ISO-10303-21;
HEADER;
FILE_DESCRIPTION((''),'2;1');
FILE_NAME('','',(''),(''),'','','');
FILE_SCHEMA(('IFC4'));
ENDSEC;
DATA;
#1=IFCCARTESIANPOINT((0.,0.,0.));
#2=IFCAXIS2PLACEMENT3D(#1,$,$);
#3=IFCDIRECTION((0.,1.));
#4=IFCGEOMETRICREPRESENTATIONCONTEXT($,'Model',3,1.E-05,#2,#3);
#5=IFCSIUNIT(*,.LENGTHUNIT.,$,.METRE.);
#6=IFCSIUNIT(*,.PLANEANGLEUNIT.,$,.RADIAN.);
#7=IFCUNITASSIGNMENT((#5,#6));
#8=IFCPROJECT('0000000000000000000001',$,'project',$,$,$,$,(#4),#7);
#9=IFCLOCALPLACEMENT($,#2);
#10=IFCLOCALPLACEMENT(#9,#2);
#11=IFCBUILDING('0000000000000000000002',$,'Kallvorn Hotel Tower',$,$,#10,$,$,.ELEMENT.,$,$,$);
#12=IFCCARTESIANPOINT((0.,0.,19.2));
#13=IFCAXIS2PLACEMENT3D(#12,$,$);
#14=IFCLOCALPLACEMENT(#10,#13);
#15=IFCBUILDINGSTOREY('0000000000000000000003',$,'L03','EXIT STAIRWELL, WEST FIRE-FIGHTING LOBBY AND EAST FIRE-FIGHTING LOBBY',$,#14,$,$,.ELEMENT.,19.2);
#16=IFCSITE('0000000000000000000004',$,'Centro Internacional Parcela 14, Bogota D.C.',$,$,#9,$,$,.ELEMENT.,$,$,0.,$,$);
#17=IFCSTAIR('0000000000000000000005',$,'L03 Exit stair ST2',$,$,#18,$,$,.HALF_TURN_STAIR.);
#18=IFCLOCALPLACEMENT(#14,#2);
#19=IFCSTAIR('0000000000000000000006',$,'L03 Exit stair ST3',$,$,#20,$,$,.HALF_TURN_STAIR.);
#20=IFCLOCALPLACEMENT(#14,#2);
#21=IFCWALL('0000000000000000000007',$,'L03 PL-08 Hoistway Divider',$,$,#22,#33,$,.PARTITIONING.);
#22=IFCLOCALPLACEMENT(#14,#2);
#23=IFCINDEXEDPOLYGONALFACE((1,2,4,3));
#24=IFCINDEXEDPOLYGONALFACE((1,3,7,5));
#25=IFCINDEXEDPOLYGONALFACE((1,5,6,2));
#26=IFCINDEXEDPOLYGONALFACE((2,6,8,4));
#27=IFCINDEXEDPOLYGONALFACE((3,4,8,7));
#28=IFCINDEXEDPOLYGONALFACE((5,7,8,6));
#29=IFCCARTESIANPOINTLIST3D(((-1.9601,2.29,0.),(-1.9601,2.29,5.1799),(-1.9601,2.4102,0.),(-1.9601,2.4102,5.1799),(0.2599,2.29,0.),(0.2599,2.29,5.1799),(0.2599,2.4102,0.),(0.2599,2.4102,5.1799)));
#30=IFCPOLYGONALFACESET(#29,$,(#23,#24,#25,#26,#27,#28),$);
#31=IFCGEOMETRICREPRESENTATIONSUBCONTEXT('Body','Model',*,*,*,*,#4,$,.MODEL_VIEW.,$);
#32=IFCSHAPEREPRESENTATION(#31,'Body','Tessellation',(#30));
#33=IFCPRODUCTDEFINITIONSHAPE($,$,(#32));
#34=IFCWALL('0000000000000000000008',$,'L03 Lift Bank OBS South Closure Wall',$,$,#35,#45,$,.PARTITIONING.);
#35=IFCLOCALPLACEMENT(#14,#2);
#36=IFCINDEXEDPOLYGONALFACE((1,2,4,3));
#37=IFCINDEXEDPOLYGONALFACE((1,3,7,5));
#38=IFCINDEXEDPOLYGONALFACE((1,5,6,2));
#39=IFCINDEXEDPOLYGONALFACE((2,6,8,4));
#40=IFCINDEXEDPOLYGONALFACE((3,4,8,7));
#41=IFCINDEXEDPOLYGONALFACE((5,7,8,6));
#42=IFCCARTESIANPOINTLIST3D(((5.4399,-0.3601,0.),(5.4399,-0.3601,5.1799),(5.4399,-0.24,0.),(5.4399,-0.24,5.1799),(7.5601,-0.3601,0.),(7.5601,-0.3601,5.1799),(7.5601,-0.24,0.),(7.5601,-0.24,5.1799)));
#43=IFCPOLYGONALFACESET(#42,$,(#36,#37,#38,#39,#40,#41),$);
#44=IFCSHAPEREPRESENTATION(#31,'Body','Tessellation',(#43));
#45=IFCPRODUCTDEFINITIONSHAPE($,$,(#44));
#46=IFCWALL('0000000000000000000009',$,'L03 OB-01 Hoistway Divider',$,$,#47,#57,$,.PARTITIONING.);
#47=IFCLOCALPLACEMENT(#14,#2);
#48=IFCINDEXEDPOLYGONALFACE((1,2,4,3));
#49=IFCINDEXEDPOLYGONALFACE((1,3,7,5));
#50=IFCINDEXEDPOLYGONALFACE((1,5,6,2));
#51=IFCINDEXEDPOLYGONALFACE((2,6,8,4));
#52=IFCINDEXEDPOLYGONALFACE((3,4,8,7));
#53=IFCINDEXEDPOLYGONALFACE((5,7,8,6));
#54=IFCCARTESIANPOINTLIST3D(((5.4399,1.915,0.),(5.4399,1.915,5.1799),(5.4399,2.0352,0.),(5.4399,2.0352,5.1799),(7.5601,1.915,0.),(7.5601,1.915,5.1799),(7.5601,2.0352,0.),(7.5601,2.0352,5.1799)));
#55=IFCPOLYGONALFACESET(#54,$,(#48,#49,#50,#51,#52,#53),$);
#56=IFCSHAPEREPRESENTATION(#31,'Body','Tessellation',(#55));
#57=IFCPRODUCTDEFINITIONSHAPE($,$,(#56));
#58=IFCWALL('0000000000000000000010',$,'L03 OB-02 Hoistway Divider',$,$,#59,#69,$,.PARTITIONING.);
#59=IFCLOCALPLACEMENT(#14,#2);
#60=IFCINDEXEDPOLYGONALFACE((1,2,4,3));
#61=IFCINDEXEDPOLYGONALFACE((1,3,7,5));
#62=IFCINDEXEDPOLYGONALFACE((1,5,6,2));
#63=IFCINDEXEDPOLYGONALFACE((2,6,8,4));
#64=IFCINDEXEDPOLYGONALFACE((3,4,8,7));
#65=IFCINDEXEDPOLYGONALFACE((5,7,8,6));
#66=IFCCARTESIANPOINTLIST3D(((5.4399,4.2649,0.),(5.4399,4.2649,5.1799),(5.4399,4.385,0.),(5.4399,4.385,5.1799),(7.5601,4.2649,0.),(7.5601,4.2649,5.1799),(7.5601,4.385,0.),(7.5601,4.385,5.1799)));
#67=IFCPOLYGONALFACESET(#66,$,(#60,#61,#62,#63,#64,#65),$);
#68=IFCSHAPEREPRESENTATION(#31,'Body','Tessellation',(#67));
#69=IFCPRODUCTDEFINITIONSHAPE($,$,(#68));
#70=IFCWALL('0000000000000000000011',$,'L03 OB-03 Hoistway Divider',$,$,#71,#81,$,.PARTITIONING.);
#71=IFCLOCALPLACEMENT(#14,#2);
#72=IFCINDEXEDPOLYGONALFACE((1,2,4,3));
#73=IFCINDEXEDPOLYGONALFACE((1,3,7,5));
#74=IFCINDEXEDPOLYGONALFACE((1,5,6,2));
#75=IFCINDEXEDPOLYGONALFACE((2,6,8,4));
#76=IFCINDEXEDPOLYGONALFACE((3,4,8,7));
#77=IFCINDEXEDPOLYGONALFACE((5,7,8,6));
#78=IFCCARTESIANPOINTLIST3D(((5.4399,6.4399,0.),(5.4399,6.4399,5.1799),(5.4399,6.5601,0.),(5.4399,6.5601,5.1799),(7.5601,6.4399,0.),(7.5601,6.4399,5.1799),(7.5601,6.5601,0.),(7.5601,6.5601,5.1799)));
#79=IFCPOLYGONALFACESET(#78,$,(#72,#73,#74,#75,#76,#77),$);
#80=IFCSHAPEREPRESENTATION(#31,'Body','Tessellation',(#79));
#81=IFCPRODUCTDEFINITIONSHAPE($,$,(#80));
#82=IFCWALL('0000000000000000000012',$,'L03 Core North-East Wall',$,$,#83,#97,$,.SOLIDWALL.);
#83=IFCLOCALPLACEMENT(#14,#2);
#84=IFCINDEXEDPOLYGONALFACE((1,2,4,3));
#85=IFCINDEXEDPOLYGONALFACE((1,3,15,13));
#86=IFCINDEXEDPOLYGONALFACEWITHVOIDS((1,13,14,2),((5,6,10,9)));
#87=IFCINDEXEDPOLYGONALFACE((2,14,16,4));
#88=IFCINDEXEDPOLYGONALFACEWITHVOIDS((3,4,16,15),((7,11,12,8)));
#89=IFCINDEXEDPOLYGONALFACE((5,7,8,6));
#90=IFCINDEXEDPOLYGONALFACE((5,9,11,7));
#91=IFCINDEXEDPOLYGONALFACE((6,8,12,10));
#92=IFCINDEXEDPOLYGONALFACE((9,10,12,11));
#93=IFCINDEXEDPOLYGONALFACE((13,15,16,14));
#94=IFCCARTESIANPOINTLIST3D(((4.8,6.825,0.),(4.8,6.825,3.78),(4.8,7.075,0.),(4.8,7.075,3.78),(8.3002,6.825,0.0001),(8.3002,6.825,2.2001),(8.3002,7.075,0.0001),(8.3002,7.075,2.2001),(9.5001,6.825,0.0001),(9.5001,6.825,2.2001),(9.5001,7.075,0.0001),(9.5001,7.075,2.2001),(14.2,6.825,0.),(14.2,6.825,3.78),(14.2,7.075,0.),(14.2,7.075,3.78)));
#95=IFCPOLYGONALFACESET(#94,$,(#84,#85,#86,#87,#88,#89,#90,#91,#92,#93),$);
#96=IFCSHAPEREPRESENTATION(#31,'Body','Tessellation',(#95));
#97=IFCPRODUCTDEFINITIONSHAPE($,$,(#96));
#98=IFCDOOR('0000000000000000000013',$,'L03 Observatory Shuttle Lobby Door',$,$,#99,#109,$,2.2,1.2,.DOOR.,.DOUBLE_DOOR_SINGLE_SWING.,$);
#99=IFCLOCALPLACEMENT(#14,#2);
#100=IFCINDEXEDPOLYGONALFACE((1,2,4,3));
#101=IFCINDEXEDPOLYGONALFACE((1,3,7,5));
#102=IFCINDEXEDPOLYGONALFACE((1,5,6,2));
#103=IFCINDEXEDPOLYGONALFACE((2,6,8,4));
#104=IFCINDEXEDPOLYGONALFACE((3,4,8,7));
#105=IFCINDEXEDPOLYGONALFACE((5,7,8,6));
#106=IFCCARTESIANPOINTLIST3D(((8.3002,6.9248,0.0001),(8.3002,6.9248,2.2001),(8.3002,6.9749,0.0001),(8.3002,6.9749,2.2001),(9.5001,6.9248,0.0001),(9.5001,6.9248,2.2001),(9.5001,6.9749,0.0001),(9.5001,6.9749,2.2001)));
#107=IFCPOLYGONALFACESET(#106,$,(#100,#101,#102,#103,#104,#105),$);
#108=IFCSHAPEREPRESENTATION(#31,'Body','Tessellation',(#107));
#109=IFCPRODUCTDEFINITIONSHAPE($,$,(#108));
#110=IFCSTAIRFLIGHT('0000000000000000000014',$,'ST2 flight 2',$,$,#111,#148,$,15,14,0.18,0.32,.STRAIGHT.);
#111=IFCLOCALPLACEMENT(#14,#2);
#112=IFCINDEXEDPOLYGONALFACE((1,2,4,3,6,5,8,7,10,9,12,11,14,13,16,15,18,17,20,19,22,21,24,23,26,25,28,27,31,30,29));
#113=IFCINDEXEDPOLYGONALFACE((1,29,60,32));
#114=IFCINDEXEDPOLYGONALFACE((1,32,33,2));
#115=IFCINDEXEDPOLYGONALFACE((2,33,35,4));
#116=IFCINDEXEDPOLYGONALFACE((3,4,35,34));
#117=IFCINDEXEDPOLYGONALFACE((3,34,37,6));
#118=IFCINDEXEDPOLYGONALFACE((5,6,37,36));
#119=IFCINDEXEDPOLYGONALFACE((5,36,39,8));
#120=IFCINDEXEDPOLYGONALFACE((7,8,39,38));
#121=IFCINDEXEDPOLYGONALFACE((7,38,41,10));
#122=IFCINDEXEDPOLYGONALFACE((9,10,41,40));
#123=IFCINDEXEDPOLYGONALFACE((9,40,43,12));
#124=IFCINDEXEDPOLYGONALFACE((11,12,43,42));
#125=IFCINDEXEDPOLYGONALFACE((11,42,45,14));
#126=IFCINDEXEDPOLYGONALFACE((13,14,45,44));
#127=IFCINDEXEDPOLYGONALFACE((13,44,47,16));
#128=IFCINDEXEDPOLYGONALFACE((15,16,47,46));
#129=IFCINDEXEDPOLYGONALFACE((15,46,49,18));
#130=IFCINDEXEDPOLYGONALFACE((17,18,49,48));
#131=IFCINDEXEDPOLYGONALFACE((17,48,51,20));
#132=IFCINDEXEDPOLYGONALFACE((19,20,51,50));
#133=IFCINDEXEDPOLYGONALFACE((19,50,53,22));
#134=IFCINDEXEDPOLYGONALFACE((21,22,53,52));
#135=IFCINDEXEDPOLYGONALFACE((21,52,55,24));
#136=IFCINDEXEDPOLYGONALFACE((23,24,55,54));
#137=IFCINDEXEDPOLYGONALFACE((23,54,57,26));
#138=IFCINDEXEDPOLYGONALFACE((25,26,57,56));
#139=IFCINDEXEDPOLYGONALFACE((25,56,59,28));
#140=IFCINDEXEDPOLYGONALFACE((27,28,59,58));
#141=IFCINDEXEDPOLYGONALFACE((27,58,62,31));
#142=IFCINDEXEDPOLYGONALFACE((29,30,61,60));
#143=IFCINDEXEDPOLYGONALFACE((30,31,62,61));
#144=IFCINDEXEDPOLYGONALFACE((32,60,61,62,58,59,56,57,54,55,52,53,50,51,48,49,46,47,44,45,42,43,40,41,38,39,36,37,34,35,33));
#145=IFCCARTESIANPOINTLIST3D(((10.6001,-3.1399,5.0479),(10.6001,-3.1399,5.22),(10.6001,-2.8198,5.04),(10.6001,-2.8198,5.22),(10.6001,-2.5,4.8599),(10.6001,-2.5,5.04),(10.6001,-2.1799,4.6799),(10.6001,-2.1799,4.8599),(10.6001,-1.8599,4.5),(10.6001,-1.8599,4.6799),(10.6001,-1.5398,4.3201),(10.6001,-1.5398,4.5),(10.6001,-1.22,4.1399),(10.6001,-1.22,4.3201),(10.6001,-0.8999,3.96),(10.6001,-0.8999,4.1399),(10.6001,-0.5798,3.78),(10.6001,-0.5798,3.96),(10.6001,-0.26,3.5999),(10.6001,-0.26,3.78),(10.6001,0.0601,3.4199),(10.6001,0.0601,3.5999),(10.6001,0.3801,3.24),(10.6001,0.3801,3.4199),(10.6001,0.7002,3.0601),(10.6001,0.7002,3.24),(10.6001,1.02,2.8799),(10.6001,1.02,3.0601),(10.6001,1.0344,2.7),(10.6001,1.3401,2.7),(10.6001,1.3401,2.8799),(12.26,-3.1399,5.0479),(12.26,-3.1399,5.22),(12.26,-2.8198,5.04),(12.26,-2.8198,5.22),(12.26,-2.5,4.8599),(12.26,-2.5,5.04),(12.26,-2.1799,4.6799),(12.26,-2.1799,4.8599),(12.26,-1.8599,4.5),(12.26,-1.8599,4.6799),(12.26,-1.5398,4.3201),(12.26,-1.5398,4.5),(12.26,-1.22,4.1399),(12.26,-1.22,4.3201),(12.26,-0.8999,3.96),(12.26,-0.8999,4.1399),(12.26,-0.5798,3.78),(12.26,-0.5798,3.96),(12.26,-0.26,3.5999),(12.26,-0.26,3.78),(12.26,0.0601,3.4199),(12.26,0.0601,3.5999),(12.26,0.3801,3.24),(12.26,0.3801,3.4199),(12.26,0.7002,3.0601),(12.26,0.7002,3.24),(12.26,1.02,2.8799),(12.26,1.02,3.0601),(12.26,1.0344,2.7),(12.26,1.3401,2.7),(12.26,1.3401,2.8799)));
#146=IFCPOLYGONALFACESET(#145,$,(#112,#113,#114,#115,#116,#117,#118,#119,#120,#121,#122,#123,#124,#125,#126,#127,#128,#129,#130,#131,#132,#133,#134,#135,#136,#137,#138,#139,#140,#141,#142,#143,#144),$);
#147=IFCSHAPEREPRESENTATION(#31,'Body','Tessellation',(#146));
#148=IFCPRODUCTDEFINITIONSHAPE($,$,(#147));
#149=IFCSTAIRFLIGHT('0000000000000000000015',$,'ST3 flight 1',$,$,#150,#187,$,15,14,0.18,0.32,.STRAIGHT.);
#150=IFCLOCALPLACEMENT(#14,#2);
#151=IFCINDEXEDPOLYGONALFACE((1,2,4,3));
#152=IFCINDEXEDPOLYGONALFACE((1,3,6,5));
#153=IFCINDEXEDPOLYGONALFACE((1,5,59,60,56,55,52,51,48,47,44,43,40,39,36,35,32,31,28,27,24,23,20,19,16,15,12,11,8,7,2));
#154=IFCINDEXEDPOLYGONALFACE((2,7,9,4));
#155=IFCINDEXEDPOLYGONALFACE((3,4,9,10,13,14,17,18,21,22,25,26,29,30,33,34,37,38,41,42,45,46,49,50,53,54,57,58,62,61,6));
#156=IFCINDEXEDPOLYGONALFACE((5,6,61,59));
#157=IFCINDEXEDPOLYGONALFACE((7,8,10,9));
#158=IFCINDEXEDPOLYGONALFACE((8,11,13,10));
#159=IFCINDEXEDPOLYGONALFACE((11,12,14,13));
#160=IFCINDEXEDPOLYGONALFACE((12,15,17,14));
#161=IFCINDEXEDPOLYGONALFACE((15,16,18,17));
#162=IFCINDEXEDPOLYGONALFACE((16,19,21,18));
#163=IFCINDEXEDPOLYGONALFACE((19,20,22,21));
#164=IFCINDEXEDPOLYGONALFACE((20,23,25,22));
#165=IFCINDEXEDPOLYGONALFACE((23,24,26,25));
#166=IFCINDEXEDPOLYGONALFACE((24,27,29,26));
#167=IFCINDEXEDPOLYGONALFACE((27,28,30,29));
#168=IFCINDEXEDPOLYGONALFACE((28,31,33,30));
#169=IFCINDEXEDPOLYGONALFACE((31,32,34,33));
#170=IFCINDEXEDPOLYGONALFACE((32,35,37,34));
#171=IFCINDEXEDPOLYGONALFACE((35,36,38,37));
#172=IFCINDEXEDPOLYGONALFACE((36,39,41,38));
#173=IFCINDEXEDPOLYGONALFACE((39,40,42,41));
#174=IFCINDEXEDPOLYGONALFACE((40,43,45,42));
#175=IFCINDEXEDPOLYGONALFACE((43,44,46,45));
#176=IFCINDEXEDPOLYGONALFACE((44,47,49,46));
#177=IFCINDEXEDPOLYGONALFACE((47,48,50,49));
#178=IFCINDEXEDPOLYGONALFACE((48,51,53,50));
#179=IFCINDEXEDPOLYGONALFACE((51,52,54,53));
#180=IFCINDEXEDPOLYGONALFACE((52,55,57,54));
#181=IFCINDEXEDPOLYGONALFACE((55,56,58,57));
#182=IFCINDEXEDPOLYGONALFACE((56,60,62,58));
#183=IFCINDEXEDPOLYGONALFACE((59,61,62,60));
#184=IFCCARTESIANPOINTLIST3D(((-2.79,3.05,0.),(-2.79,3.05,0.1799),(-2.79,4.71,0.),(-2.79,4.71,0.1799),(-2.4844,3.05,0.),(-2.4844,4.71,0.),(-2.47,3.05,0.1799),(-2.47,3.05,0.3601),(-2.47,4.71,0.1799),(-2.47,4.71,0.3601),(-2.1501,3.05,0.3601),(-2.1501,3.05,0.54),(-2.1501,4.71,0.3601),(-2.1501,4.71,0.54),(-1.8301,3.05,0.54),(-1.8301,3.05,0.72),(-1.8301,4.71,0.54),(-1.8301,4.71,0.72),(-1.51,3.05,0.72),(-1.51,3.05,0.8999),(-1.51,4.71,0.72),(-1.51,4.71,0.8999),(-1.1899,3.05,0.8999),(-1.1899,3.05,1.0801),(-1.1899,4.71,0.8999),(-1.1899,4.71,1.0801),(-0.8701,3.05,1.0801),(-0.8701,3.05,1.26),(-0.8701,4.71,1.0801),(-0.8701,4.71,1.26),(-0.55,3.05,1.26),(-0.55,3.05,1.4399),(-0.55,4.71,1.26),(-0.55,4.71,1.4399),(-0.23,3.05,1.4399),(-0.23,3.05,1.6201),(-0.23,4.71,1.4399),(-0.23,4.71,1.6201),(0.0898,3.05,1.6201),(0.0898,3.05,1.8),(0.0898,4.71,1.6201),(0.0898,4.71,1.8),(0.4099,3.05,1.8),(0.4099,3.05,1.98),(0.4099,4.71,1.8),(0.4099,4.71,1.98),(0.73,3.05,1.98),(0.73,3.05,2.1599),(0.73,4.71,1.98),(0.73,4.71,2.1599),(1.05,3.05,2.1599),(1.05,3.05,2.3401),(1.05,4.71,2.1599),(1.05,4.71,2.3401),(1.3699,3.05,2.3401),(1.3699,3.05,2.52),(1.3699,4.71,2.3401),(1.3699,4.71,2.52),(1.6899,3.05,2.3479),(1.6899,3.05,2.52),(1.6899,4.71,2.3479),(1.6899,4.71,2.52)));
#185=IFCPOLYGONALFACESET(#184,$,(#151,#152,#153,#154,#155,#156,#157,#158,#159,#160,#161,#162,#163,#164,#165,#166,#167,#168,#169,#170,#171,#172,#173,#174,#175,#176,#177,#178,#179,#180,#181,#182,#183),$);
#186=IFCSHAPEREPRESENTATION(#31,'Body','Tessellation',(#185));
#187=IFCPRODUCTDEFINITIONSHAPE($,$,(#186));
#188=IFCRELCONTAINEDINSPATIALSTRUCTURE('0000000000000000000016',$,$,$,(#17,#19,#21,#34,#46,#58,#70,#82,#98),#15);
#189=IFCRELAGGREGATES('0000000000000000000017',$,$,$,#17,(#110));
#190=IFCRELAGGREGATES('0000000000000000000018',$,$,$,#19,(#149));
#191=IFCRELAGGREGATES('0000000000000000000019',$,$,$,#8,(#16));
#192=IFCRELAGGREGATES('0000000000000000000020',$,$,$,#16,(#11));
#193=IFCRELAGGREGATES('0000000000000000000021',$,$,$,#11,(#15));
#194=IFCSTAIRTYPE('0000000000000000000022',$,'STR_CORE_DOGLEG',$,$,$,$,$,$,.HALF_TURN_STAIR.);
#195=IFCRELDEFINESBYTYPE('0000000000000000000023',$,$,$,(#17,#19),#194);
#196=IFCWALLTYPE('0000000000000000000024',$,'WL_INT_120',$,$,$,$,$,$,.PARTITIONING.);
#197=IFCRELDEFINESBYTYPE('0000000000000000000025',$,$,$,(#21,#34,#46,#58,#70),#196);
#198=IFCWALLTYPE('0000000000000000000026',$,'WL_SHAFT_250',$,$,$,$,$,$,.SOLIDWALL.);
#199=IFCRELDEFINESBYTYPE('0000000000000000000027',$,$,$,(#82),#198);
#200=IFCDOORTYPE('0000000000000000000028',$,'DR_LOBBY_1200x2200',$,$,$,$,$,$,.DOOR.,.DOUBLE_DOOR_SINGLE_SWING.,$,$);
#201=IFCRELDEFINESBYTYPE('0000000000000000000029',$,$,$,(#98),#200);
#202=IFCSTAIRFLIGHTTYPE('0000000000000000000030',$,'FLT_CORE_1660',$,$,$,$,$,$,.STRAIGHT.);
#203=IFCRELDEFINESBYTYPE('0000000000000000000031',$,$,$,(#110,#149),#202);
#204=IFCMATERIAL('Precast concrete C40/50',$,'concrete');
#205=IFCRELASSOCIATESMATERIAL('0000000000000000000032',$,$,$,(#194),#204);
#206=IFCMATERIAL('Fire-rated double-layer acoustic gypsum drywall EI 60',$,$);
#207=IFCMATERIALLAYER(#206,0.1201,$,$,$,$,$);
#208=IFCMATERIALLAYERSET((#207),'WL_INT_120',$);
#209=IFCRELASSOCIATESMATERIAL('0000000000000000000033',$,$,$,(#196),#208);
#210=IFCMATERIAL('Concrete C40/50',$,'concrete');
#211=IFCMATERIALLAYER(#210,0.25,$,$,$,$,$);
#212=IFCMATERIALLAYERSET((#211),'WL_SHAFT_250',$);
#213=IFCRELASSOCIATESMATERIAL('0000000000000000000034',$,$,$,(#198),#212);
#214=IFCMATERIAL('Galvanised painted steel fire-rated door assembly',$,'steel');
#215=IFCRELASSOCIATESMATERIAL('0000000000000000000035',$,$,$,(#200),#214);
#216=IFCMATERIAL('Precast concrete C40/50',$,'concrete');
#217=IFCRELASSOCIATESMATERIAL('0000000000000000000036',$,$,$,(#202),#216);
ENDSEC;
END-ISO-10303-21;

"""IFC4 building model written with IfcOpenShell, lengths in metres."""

from ifc_helpers import new_model, si_unit, direction, frame, frame_2d, origin, place, context, subcontext, project, spatial, polyline, rectangle, outline, extrude, material, layer, layer_set, type_object, element, fill, aggregate, save


model = new_model("IFC4")

# Units and contexts
model_context = context("Model", 3, precision=1e-05, world=origin(), true_north=direction((0.0, 1.0)))
body_context = subcontext(model_context, "Body", "Model", "MODEL_VIEW")
ifc_project = project(units=[si_unit("LENGTHUNIT", "METRE"), si_unit("PLANEANGLEUNIT", "RADIAN")], contexts=[model_context])

# Site, building, storey
site_placement = place(None, origin())
site = spatial("IfcSite", under=ifc_project, at=site_placement, Name="Centro Internacional Parcela 14, Bogota D.C.", CompositionType="ELEMENT", RefElevation=0.0)
building_placement = place(site_placement, origin())
building = spatial("IfcBuilding", under=site, at=building_placement, Name="Kallvorn Hotel Tower", CompositionType="ELEMENT")
storey_placement = place(building_placement, frame((0.0, 0.0, 19.2)))
storey = spatial("IfcBuildingStorey", under=building, at=storey_placement, Name="L03", Description="EXIT STAIRWELL, WEST FIRE-FIGHTING LOBBY AND EAST FIRE-FIGHTING LOBBY", CompositionType="ELEMENT", Elevation=19.2)

# Stairs
ifc_material_1 = material(Name="Precast concrete C40/50", Category="concrete")
stair_type_1 = type_object("IfcStairType", Name="STR_CORE_DOGLEG", PredefinedType="HALF_TURN_STAIR", material=ifc_material_1)
stair_1_placement = place(storey_placement, origin())
stair_1 = element("IfcStair", 1, at=stair_1_placement, inside=storey, type_object=stair_type_1, Name="L03 Exit stair ST2", PredefinedType="HALF_TURN_STAIR")
stair_2_placement = place(storey_placement, origin())
stair_2 = element("IfcStair", 2, at=stair_2_placement, inside=storey, type_object=stair_type_1, Name="L03 Exit stair ST3", PredefinedType="HALF_TURN_STAIR")

# Walls
ifc_material_2 = material(Name="Fire-rated double-layer acoustic gypsum drywall EI 60")
ifc_layer_1 = layer(ifc_material_2, 0.1201)
ifc_layer_set_1 = layer_set([ifc_layer_1], Name="WL_INT_120")
wall_type_1 = type_object("IfcWallType", Name="WL_INT_120", PredefinedType="PARTITIONING", material=ifc_layer_set_1)
for number, where, z_axis, x_axis, name in (
    (3, (-1.96, 2.3501, 0.0), (0.0, 0.0, 1.0), (1.0, 0.0, 0.0), "L03 PL-08 Hoistway Divider"),
):
    element("IfcWall", number, at=place(storey_placement, frame(where, z_axis=z_axis, x_axis=x_axis)), inside=storey, type_object=wall_type_1, Name=name, PredefinedType="PARTITIONING", context=body_context, shape_type="SweptSolid", body=[
        extrude(rectangle(XDim=2.22, YDim=0.1201, at=frame_2d((1.1099, 0.0))), origin(), (0.0, 0.0, 1.0), 5.1799),
    ])
for number, where, z_axis, x_axis, name in (
    (4, (5.4399, -0.3, 0.0), (0.0, 0.0, 1.0), (1.0, 0.0, 0.0), "L03 Lift Bank OBS South Closure Wall"),
    (5, (5.4399, 1.9751, 0.0), (0.0, 0.0, 1.0), (1.0, 0.0, 0.0), "L03 OB-01 Hoistway Divider"),
    (6, (5.4399, 4.325, 0.0), (0.0, 0.0, 1.0), (1.0, 0.0, 0.0), "L03 OB-02 Hoistway Divider"),
    (7, (5.4399, 6.5, 0.0), (0.0, 0.0, 1.0), (1.0, 0.0, 0.0), "L03 OB-03 Hoistway Divider"),
):
    element("IfcWall", number, at=place(storey_placement, frame(where, z_axis=z_axis, x_axis=x_axis)), inside=storey, type_object=wall_type_1, Name=name, PredefinedType="PARTITIONING", context=body_context, shape_type="SweptSolid", body=[
        extrude(rectangle(XDim=2.1201, YDim=0.1201, at=frame_2d((1.0601, 0.0))), origin(), (0.0, 0.0, 1.0), 5.1799),
    ])

# Wall, opening, door
ifc_material_3 = material(Name="Concrete C40/50", Category="concrete")
ifc_layer_2 = layer(ifc_material_3, 0.25)
ifc_layer_set_2 = layer_set([ifc_layer_2], Name="WL_SHAFT_250")
wall_type_2 = type_object("IfcWallType", Name="WL_SHAFT_250", PredefinedType="SOLIDWALL", material=ifc_layer_set_2)
wall_1_placement = place(storey_placement, frame((4.8, 6.95, 0.0), z_axis=(0.0, 0.0, 1.0), x_axis=(1.0, 0.0, 0.0)))
wall_1 = element("IfcWall", 8, at=wall_1_placement, inside=storey, type_object=wall_type_2, Name="L03 Core North-East Wall", PredefinedType="SOLIDWALL", context=body_context, shape_type="SweptSolid", body=[
    extrude(rectangle(XDim=9.3999, YDim=0.25, at=frame_2d((4.7, 0.0))), origin(), (0.0, 0.0, 1.0), 3.78),
])
opening_placement = place(wall_1_placement, frame((3.5, 0.0, 0.0)))
opening = element("IfcOpeningElement", 9, at=opening_placement, cuts=wall_1, PredefinedType="OPENING", context=body_context, shape_type="SweptSolid", body=[
    extrude(rectangle(XDim=1.2, YDim=2.2, at=frame_2d((0.6001, 1.1001))), frame((0.0, 0.1399, 0.0), z_axis=(0.0, -1.0, 0.0), x_axis=(1.0, 0.0, 0.0)), (0.0, 0.0, 1.0), 0.28),
])
ifc_material_4 = material(Name="Galvanised painted steel fire-rated door assembly", Category="steel")
door_type = type_object("IfcDoorType", Name="DR_LOBBY_1200x2200", OperationType="DOUBLE_DOOR_SINGLE_SWING", PredefinedType="DOOR", material=ifc_material_4)
door_placement = place(opening_placement, origin())
door = element("IfcDoor", 10, at=door_placement, inside=storey, type_object=door_type, Name="L03 Observatory Shuttle Lobby Door", OperationType="DOUBLE_DOOR_SINGLE_SWING", OverallHeight=2.2, OverallWidth=1.2, PredefinedType="DOOR", context=body_context, shape_type="SweptSolid", body=[
    extrude(rectangle(XDim=1.2, YDim=2.2, at=frame_2d((0.6001, 1.1001))), frame((0.0, 0.0249, 0.0), z_axis=(0.0, -1.0, 0.0), x_axis=(1.0, 0.0, 0.0)), (0.0, 0.0, 1.0), 0.05),
])
fill(opening, door)

# Stair flights
ifc_material_5 = material(Name="Precast concrete C40/50", Category="concrete")
stair_flight_type = type_object("IfcStairFlightType", Name="FLT_CORE_1660", PredefinedType="STRAIGHT", material=ifc_material_5)
stair_flight_1_placement = place(storey_placement, frame((11.4299, 1.3401, 2.7), z_axis=(0.0, 0.0, 1.0), x_axis=(0.0, -1.0, 0.0)))
stair_flight_1 = element("IfcStairFlight", 11, at=stair_flight_1_placement, type_object=stair_flight_type, Name="ST2 flight 2", NumberOfRisers=15, NumberOfTreads=14, PredefinedType="STRAIGHT", RiserHeight=0.18, TreadLength=0.32, context=body_context, shape_type="SweptSolid", body=[
    extrude(outline(polyline([(0.0, 0.0), (0.0, 0.1799), (0.3201, 0.1799), (0.3201, 0.3601), (0.6399, 0.3601), (0.6399, 0.54), (0.96, 0.54), (0.96, 0.72), (1.28, 0.72), (1.28, 0.8999), (1.6001, 0.8999), (1.6001, 1.0801), (1.9199, 1.0801), (1.9199, 1.26), (2.24, 1.26), (2.24, 1.4399), (2.5601, 1.4399), (2.5601, 1.6201), (2.8799, 1.6201), (2.8799, 1.8), (3.2, 1.8), (3.2, 1.98), (3.52, 1.98), (3.52, 2.1599), (3.8401, 2.1599), (3.8401, 2.3401), (4.1599, 2.3401), (4.1599, 2.52), (4.48, 2.52), (4.48, 2.7), (4.48, 2.3479), (0.3057, 0.0), (0.0, 0.0)])), frame((0.0, 0.8301, 0.0), z_axis=(0.0, -1.0, 0.0), x_axis=(1.0, 0.0, 0.0)), (0.0, 0.0, 1.0), 1.6599),
])
aggregate(stair_1, [stair_flight_1])
stair_flight_2_placement = place(storey_placement, frame((-2.79, 3.8799, 0.0), z_axis=(0.0, 0.0, 1.0), x_axis=(1.0, 0.0, 0.0)))
stair_flight_2 = element("IfcStairFlight", 12, at=stair_flight_2_placement, type_object=stair_flight_type, Name="ST3 flight 1", NumberOfRisers=15, NumberOfTreads=14, PredefinedType="STRAIGHT", RiserHeight=0.18, TreadLength=0.32, context=body_context, shape_type="SweptSolid", body=[
    extrude(outline(polyline([(0.0, 0.0), (0.0, 0.1799), (0.3201, 0.1799), (0.3201, 0.3601), (0.6399, 0.3601), (0.6399, 0.54), (0.96, 0.54), (0.96, 0.72), (1.28, 0.72), (1.28, 0.8999), (1.6001, 0.8999), (1.6001, 1.0801), (1.9199, 1.0801), (1.9199, 1.26), (2.24, 1.26), (2.24, 1.4399), (2.5601, 1.4399), (2.5601, 1.6201), (2.8799, 1.6201), (2.8799, 1.8), (3.2, 1.8), (3.2, 1.98), (3.52, 1.98), (3.52, 2.1599), (3.8401, 2.1599), (3.8401, 2.3401), (4.1599, 2.3401), (4.1599, 2.52), (4.48, 2.52), (4.48, 2.7), (4.48, 2.3479), (0.3057, 0.0), (0.0, 0.0)])), frame((0.0, 0.8301, 0.0), z_axis=(0.0, -1.0, 0.0), x_axis=(1.0, 0.0, 0.0)), (0.0, 0.0, 1.0), 1.6599),
])
aggregate(stair_2, [stair_flight_2])

save(model, "model.ifc")
